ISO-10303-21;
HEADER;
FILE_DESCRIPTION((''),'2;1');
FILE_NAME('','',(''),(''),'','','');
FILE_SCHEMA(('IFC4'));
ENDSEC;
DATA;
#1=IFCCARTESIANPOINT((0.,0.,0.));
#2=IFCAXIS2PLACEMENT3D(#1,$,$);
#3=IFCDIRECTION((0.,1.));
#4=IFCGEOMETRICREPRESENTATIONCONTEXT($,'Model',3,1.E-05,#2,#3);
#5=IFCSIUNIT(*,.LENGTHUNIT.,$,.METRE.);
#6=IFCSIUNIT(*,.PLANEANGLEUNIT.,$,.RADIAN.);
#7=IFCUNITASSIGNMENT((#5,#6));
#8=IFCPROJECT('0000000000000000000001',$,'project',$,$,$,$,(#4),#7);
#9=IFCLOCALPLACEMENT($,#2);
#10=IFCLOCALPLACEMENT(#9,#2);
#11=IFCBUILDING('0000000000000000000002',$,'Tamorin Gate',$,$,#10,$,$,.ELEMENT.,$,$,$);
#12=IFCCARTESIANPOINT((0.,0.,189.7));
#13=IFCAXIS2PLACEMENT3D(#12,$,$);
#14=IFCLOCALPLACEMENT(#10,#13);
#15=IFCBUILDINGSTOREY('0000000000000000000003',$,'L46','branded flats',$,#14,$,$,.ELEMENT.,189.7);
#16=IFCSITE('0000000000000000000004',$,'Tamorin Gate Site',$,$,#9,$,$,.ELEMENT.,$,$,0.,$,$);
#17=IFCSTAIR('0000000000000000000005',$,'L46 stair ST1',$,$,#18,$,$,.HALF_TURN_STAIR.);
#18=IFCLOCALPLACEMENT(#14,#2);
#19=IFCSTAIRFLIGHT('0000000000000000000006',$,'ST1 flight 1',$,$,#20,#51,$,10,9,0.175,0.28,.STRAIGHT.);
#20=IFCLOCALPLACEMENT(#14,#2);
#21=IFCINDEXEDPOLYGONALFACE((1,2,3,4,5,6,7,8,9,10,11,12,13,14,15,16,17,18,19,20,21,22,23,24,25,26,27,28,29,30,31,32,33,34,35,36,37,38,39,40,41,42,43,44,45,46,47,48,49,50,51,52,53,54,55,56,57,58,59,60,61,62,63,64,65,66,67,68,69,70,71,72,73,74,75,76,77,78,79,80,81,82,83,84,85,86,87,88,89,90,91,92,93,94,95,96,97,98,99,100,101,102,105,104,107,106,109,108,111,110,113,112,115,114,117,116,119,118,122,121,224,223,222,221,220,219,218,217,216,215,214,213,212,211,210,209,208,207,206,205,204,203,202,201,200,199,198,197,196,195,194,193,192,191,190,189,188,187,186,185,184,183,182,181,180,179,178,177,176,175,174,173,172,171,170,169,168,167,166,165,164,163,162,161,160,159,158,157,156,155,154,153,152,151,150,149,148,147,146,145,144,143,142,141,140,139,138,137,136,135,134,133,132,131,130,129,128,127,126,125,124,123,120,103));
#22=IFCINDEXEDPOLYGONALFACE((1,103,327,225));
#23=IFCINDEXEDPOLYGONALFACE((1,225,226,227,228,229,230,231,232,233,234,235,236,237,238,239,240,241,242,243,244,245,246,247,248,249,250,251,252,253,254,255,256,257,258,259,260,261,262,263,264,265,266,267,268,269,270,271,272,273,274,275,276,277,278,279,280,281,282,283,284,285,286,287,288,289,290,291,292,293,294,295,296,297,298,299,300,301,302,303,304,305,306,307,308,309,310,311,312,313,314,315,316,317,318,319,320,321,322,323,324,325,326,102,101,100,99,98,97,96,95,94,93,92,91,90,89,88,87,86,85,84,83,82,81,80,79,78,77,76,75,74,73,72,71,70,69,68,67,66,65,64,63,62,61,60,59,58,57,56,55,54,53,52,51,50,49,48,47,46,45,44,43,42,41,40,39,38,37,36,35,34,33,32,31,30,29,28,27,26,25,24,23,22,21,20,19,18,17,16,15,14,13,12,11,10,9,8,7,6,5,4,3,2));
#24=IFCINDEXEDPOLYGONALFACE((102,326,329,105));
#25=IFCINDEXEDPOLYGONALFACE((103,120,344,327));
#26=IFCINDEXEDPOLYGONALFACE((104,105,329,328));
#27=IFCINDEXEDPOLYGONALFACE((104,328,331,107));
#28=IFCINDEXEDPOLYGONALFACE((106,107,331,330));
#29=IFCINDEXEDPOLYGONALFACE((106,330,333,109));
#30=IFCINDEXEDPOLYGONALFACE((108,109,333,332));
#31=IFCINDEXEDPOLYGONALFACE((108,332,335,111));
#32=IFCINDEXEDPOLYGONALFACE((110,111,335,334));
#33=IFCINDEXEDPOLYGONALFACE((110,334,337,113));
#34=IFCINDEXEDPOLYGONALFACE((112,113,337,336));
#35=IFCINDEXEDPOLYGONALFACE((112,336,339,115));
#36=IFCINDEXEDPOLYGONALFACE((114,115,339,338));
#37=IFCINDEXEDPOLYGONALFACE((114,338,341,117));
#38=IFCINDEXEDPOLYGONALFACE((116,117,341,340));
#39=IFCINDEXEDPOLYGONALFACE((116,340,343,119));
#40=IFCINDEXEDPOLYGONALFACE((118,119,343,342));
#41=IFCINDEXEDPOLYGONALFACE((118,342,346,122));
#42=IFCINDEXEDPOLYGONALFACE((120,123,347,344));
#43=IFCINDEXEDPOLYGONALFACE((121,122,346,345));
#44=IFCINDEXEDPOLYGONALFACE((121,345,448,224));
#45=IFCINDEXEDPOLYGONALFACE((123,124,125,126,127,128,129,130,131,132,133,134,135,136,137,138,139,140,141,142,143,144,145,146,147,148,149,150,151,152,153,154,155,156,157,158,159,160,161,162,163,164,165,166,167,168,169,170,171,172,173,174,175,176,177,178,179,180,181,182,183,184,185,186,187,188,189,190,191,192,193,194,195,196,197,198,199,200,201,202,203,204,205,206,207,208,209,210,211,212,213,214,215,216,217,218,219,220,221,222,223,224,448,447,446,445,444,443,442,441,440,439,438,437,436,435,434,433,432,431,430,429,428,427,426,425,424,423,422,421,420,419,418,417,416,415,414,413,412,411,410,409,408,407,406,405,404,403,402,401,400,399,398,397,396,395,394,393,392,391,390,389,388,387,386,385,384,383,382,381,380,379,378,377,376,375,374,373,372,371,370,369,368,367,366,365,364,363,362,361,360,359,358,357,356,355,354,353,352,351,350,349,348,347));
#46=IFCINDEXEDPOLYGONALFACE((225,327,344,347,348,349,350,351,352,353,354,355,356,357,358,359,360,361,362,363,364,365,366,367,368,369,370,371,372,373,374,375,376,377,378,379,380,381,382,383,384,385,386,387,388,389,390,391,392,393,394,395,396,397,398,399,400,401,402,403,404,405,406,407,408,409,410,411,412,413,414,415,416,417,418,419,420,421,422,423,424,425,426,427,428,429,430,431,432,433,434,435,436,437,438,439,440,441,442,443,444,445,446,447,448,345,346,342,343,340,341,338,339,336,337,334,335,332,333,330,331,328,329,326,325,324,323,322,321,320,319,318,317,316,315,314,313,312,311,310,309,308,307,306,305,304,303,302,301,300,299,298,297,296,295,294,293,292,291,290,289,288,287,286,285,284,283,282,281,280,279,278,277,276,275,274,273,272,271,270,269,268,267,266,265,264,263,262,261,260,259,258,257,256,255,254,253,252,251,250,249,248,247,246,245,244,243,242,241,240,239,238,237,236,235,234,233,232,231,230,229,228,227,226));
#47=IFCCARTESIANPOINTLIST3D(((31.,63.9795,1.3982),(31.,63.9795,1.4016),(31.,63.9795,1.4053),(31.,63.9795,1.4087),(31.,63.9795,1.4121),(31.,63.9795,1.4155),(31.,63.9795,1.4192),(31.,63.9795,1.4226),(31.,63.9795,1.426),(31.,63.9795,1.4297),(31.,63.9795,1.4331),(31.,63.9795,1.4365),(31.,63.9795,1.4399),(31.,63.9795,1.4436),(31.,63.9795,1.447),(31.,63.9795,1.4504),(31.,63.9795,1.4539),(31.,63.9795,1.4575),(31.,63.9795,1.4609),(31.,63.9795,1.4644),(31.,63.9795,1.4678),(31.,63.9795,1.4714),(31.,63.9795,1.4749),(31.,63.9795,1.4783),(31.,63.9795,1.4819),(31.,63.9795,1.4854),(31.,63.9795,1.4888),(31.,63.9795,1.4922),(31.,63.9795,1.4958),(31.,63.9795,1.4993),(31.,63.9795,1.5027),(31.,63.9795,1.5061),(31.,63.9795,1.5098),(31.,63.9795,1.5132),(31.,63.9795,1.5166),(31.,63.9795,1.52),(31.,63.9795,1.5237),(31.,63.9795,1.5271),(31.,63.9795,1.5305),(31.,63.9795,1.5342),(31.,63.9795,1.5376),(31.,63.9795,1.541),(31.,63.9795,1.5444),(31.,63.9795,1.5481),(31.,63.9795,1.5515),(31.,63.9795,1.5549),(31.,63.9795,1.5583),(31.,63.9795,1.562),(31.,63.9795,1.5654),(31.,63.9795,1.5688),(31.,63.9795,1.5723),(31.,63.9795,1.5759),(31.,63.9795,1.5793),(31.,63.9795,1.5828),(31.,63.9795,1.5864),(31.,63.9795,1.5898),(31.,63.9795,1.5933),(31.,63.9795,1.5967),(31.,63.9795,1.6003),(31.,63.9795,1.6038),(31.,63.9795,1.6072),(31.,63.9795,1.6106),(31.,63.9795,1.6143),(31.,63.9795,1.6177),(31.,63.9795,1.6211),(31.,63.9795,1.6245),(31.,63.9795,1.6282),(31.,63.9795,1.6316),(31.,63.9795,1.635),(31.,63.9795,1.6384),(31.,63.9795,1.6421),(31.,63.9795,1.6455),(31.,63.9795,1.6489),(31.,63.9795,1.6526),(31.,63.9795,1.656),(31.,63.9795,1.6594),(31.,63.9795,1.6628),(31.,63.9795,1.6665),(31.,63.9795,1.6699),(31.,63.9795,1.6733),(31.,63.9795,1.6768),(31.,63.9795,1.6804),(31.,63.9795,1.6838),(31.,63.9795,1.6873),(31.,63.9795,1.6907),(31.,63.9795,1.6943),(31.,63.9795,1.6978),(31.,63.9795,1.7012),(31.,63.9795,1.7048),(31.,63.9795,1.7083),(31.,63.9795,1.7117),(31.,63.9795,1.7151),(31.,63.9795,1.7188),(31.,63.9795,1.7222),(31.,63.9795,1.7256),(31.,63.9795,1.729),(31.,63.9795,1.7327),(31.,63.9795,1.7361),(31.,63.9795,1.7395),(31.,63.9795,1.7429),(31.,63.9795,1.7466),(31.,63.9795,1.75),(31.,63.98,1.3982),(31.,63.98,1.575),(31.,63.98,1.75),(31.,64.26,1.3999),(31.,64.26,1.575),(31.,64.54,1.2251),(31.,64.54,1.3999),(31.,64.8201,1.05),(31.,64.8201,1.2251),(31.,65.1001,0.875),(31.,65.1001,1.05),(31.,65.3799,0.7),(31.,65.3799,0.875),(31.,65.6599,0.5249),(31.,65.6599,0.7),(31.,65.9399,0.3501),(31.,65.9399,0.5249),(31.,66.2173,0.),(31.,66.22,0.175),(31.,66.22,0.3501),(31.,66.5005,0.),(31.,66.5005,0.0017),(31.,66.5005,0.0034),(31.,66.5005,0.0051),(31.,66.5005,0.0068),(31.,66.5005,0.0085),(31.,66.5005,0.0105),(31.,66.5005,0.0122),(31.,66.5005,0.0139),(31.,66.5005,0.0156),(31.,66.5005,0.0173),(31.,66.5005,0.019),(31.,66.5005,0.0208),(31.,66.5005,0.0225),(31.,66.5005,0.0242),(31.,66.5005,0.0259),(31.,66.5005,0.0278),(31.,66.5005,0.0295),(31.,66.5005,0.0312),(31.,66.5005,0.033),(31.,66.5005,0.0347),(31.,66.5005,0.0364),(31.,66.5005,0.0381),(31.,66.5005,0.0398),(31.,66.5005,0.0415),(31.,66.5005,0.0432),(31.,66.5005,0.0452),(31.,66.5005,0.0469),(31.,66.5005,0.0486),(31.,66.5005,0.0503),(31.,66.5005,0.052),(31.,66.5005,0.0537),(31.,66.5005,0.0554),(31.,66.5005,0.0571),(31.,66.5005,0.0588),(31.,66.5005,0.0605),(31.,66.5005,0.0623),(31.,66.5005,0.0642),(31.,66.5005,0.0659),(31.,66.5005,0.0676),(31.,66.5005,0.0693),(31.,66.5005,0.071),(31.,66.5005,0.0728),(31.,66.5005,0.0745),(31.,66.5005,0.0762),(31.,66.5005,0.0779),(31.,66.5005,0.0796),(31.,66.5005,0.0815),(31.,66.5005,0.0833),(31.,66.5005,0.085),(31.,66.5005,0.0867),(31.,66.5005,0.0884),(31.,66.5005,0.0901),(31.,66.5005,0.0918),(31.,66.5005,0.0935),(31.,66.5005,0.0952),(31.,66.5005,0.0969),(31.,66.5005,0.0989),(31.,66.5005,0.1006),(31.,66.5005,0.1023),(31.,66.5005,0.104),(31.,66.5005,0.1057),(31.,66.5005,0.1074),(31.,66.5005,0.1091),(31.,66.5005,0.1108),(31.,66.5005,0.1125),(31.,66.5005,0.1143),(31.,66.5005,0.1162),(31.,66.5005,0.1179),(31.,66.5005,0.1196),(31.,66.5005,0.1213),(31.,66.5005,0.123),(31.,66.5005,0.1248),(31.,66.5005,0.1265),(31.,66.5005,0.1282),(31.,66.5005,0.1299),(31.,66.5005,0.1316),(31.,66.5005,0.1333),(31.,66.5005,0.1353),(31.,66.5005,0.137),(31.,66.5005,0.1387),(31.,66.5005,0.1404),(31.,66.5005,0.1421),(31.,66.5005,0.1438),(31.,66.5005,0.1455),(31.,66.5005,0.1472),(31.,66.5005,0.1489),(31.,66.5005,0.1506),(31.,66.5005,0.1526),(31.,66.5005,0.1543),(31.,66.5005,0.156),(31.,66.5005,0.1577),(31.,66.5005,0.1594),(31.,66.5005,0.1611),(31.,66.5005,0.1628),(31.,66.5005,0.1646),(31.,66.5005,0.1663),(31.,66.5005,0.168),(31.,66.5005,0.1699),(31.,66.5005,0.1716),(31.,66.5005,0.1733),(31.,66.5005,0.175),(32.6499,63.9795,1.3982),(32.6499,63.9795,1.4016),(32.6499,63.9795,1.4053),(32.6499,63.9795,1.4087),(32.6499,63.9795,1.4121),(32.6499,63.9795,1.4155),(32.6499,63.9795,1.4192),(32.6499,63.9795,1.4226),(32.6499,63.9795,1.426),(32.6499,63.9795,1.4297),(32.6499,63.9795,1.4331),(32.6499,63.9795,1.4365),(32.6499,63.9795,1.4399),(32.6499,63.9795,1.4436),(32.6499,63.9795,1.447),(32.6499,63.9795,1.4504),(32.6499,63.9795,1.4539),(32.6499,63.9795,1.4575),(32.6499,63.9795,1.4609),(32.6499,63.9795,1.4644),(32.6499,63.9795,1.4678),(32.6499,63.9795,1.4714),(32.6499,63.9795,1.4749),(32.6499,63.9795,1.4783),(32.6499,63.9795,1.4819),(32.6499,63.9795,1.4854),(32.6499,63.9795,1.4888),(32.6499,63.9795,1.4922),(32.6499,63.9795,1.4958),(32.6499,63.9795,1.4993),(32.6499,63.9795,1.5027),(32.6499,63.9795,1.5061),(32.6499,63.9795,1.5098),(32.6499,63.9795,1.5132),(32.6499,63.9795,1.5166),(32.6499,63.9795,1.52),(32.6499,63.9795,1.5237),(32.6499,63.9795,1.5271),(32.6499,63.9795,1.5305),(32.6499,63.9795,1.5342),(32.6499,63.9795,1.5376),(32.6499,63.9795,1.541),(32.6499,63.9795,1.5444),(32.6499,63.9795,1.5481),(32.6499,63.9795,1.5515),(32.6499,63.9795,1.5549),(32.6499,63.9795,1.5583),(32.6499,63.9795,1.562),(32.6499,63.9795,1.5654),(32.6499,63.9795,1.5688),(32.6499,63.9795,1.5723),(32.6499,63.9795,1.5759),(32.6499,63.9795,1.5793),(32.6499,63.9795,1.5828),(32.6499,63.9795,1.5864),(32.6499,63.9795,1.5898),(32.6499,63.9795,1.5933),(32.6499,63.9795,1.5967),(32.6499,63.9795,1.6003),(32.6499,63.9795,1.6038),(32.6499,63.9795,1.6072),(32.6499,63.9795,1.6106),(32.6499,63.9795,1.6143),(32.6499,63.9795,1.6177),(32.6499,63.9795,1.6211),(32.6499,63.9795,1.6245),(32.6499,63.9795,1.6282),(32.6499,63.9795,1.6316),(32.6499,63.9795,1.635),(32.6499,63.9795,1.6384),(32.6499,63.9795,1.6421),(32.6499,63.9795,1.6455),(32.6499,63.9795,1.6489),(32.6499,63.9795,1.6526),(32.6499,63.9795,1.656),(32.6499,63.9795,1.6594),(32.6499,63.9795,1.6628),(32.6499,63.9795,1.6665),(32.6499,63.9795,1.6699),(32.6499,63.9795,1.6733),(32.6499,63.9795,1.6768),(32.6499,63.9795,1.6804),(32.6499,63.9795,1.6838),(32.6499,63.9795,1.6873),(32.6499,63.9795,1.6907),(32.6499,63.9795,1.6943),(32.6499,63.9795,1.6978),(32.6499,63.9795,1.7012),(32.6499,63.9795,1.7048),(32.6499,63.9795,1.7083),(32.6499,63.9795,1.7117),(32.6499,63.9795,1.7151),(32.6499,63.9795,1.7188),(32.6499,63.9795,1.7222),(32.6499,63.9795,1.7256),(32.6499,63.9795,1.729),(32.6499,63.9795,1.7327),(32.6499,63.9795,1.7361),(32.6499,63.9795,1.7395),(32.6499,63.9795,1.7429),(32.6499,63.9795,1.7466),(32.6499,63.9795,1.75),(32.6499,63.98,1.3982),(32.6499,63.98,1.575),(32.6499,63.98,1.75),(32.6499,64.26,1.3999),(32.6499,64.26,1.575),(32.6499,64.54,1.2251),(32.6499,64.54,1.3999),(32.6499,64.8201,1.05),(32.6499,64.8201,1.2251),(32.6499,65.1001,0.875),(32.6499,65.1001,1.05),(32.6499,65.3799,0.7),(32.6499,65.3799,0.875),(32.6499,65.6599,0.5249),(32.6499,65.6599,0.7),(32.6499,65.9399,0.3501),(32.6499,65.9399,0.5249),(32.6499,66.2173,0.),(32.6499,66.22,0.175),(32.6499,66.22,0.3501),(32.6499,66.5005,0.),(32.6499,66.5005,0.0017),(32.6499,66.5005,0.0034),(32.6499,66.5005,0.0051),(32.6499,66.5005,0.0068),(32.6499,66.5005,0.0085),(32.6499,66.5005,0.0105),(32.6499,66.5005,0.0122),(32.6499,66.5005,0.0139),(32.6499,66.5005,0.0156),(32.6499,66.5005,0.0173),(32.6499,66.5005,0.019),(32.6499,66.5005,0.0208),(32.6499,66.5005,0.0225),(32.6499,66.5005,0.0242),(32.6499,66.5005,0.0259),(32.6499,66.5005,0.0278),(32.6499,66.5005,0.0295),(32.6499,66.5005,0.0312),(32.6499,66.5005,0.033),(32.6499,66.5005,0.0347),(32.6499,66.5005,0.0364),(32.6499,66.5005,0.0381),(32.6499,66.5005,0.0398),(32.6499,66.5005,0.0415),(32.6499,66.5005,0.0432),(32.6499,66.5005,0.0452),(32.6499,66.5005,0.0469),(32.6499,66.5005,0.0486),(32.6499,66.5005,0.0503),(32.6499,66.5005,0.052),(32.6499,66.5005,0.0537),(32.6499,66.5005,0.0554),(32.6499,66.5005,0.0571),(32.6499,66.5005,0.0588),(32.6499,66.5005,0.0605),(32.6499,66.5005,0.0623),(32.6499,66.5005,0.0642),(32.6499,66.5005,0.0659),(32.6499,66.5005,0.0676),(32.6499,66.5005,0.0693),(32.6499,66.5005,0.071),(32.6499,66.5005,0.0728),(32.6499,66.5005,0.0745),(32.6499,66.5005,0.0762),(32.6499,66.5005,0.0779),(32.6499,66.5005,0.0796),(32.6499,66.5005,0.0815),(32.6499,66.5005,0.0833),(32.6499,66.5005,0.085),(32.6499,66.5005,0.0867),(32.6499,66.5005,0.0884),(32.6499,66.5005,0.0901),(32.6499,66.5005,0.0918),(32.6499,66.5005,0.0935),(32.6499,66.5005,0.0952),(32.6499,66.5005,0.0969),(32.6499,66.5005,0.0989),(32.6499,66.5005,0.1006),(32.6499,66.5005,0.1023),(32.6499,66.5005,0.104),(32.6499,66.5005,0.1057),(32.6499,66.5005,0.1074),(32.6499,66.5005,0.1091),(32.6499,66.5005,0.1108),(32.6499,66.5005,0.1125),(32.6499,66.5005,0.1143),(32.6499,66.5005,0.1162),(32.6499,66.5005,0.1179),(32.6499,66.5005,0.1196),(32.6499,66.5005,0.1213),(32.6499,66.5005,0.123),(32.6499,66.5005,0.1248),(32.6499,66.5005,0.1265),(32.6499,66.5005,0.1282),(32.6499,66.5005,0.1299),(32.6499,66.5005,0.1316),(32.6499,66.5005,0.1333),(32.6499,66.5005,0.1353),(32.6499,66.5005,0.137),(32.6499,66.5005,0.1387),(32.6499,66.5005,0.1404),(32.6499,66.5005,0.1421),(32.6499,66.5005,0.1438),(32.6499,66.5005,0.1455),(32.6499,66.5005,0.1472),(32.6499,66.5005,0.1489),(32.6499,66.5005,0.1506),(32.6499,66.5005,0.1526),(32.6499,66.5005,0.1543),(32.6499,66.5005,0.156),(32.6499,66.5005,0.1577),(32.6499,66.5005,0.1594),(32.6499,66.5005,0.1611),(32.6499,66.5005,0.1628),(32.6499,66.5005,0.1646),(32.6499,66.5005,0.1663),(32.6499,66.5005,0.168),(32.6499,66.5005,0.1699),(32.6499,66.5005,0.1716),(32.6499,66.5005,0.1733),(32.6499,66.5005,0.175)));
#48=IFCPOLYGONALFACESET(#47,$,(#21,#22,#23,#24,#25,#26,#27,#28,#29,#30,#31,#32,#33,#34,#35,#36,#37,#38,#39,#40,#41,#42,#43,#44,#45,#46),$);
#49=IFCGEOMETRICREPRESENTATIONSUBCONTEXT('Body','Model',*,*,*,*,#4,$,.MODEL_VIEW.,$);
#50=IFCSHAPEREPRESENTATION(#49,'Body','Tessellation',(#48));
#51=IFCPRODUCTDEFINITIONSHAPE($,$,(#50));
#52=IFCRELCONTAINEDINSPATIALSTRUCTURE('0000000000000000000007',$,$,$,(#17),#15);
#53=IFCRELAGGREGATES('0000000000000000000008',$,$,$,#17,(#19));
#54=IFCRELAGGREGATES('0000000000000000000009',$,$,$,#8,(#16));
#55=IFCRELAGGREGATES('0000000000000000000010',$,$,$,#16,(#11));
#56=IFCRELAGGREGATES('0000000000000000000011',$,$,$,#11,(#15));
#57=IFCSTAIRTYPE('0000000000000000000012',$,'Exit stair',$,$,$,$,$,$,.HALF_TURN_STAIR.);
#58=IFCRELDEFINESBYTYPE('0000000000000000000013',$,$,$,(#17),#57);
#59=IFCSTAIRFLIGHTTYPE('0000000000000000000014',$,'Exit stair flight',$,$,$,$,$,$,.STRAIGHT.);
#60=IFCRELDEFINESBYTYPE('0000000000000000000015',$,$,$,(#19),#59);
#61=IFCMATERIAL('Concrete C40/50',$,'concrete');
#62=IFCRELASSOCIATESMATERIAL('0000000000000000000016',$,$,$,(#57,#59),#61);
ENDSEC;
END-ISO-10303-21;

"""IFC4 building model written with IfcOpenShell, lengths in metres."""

from ifc_helpers import new_model, si_unit, direction, frame, origin, place, context, subcontext, project, spatial, polyline, outline, extrude, material, type_object, element, aggregate, save


model = new_model("IFC4")

# Units and contexts
model_context = context("Model", 3, precision=1e-05, world=origin(), true_north=direction((0.0, 1.0)))
body_context = subcontext(model_context, "Body", "Model", "MODEL_VIEW")
ifc_project = project(units=[si_unit("LENGTHUNIT", "METRE"), si_unit("PLANEANGLEUNIT", "RADIAN")], contexts=[model_context])

# Site, building, storey
site_placement = place(None, origin())
site = spatial("IfcSite", under=ifc_project, at=site_placement, Name="Tamorin Gate Site", CompositionType="ELEMENT", RefElevation=0.0)
building_placement = place(site_placement, origin())
building = spatial("IfcBuilding", under=site, at=building_placement, Name="Tamorin Gate", CompositionType="ELEMENT")
storey_placement = place(building_placement, frame((0.0, 0.0, 189.7)))
storey = spatial("IfcBuildingStorey", under=building, at=storey_placement, Name="L46", Description="branded flats", CompositionType="ELEMENT", Elevation=189.7)

# Shared definitions
ifc_material_1 = material(Name="Concrete C40/50", Category="concrete")

# Stair, stair flight
stair_type = type_object("IfcStairType", Name="Exit stair", PredefinedType="HALF_TURN_STAIR", material=ifc_material_1)
stair_1_placement = place(storey_placement, origin())
stair_1 = element("IfcStair", 1, at=stair_1_placement, inside=storey, type_object=stair_type, Name="L46 stair ST1", PredefinedType="HALF_TURN_STAIR")
stair_flight_type = type_object("IfcStairFlightType", Name="Exit stair flight", PredefinedType="STRAIGHT", material=ifc_material_1)
stair_flight_1_placement = place(storey_placement, frame((31.825, 66.5, 0.0), z_axis=(0.0, 0.0, 1.0), x_axis=(0.0, -1.0, 0.0)))
stair_flight_1 = element("IfcStairFlight", 2, at=stair_flight_1_placement, type_object=stair_flight_type, Name="ST1 flight 1", NumberOfRisers=10, NumberOfTreads=9, PredefinedType="STRAIGHT", RiserHeight=0.175, TreadLength=0.28, context=body_context, shape_type="SweptSolid", body=[
    extrude(outline(polyline([(-0.0005, 0.0), (-0.0005, 0.0017), (-0.0005, 0.0034), (-0.0005, 0.0051), (-0.0005, 0.0068), (-0.0005, 0.0085), (-0.0005, 0.0105), (-0.0005, 0.0122), (-0.0005, 0.0139), (-0.0005, 0.0156), (-0.0005, 0.0173), (-0.0005, 0.019), (-0.0005, 0.0208), (-0.0005, 0.0225), (-0.0005, 0.0242), (-0.0005, 0.0259), (-0.0005, 0.0278), (-0.0005, 0.0295), (-0.0005, 0.0312), (-0.0005, 0.033), (-0.0005, 0.0347), (-0.0005, 0.0364), (-0.0005, 0.0381), (-0.0005, 0.0398), (-0.0005, 0.0415), (-0.0005, 0.0432), (-0.0005, 0.0452), (-0.0005, 0.0469), (-0.0005, 0.0486), (-0.0005, 0.0503), (-0.0005, 0.052), (-0.0005, 0.0537), (-0.0005, 0.0554), (-0.0005, 0.0571), (-0.0005, 0.0588), (-0.0005, 0.0605), (-0.0005, 0.0623), (-0.0005, 0.0642), (-0.0005, 0.0659), (-0.0005, 0.0676), (-0.0005, 0.0693), (-0.0005, 0.071), (-0.0005, 0.0728), (-0.0005, 0.0745), (-0.0005, 0.0762), (-0.0005, 0.0779), (-0.0005, 0.0796), (-0.0005, 0.0815), (-0.0005, 0.0833), (-0.0005, 0.085), (-0.0005, 0.0867), (-0.0005, 0.0884), (-0.0005, 0.0901), (-0.0005, 0.0918), (-0.0005, 0.0935), (-0.0005, 0.0952), (-0.0005, 0.0969), (-0.0005, 0.0989), (-0.0005, 0.1006), (-0.0005, 0.1023), (-0.0005, 0.104), (-0.0005, 0.1057), (-0.0005, 0.1074), (-0.0005, 0.1091), (-0.0005, 0.1108), (-0.0005, 0.1125), (-0.0005, 0.1143), (-0.0005, 0.1162), (-0.0005, 0.1179), (-0.0005, 0.1196), (-0.0005, 0.1213), (-0.0005, 0.123), (-0.0005, 0.1248), (-0.0005, 0.1265), (-0.0005, 0.1282), (-0.0005, 0.1299), (-0.0005, 0.1316), (-0.0005, 0.1333), (-0.0005, 0.1353), (-0.0005, 0.137), (-0.0005, 0.1387), (-0.0005, 0.1404), (-0.0005, 0.1421), (-0.0005, 0.1438), (-0.0005, 0.1455), (-0.0005, 0.1472), (-0.0005, 0.1489), (-0.0005, 0.1506), (-0.0005, 0.1526), (-0.0005, 0.1543), (-0.0005, 0.156), (-0.0005, 0.1577), (-0.0005, 0.1594), (-0.0005, 0.1611), (-0.0005, 0.1628), (-0.0005, 0.1646), (-0.0005, 0.1663), (-0.0005, 0.168), (-0.0005, 0.1699), (-0.0005, 0.1716), (-0.0005, 0.1733), (-0.0005, 0.175), (0.28, 0.175), (0.28, 0.3501), (0.5601, 0.3501), (0.5601, 0.5249), (0.8401, 0.5249), (0.8401, 0.7), (1.1201, 0.7), (1.1201, 0.875), (1.3999, 0.875), (1.3999, 1.05), (1.6799, 1.05), (1.6799, 1.2251), (1.96, 1.2251), (1.96, 1.3999), (2.24, 1.3999), (2.24, 1.575), (2.52, 1.575), (2.52, 1.75), (2.5205, 1.75), (2.5205, 1.7466), (2.5205, 1.7429), (2.5205, 1.7395), (2.5205, 1.7361), (2.5205, 1.7327), (2.5205, 1.729), (2.5205, 1.7256), (2.5205, 1.7222), (2.5205, 1.7188), (2.5205, 1.7151), (2.5205, 1.7117), (2.5205, 1.7083), (2.5205, 1.7048), (2.5205, 1.7012), (2.5205, 1.6978), (2.5205, 1.6943), (2.5205, 1.6907), (2.5205, 1.6873), (2.5205, 1.6838), (2.5205, 1.6804), (2.5205, 1.6768), (2.5205, 1.6733), (2.5205, 1.6699), (2.5205, 1.6665), (2.5205, 1.6628), (2.5205, 1.6594), (2.5205, 1.656), (2.5205, 1.6526), (2.5205, 1.6489), (2.5205, 1.6455), (2.5205, 1.6421), (2.5205, 1.6384), (2.5205, 1.635), (2.5205, 1.6316), (2.5205, 1.6282), (2.5205, 1.6245), (2.5205, 1.6211), (2.5205, 1.6177), (2.5205, 1.6143), (2.5205, 1.6106), (2.5205, 1.6072), (2.5205, 1.6038), (2.5205, 1.6003), (2.5205, 1.5967), (2.5205, 1.5933), (2.5205, 1.5898), (2.5205, 1.5864), (2.5205, 1.5828), (2.5205, 1.5793), (2.5205, 1.5759), (2.5205, 1.5723), (2.5205, 1.5688), (2.5205, 1.5654), (2.5205, 1.562), (2.5205, 1.5583), (2.5205, 1.5549), (2.5205, 1.5515), (2.5205, 1.5481), (2.5205, 1.5444), (2.5205, 1.541), (2.5205, 1.5376), (2.5205, 1.5342), (2.5205, 1.5305), (2.5205, 1.5271), (2.5205, 1.5237), (2.5205, 1.52), (2.5205, 1.5166), (2.5205, 1.5132), (2.5205, 1.5098), (2.5205, 1.5061), (2.5205, 1.5027), (2.5205, 1.4993), (2.5205, 1.4958), (2.5205, 1.4922), (2.5205, 1.4888), (2.5205, 1.4854), (2.5205, 1.4819), (2.5205, 1.4783), (2.5205, 1.4749), (2.5205, 1.4714), (2.5205, 1.4678), (2.5205, 1.4644), (2.5205, 1.4609), (2.5205, 1.4575), (2.5205, 1.4539), (2.5205, 1.4504), (2.5205, 1.447), (2.5205, 1.4436), (2.5205, 1.4399), (2.5205, 1.4365), (2.5205, 1.4331), (2.5205, 1.4297), (2.5205, 1.426), (2.5205, 1.4226), (2.5205, 1.4192), (2.5205, 1.4155), (2.5205, 1.4121), (2.5205, 1.4087), (2.5205, 1.4053), (2.5205, 1.4016), (2.5205, 1.3982), (2.52, 1.3982), (0.2827, 0.0), (-0.0005, 0.0)])), frame((0.0, 0.825, 0.0), z_axis=(0.0, -1.0, 0.0), x_axis=(1.0, 0.0, 0.0)), (0.0, 0.0, 1.0), 1.6499),
])
aggregate(stair_1, [stair_flight_1])

save(model, "model.ifc")
